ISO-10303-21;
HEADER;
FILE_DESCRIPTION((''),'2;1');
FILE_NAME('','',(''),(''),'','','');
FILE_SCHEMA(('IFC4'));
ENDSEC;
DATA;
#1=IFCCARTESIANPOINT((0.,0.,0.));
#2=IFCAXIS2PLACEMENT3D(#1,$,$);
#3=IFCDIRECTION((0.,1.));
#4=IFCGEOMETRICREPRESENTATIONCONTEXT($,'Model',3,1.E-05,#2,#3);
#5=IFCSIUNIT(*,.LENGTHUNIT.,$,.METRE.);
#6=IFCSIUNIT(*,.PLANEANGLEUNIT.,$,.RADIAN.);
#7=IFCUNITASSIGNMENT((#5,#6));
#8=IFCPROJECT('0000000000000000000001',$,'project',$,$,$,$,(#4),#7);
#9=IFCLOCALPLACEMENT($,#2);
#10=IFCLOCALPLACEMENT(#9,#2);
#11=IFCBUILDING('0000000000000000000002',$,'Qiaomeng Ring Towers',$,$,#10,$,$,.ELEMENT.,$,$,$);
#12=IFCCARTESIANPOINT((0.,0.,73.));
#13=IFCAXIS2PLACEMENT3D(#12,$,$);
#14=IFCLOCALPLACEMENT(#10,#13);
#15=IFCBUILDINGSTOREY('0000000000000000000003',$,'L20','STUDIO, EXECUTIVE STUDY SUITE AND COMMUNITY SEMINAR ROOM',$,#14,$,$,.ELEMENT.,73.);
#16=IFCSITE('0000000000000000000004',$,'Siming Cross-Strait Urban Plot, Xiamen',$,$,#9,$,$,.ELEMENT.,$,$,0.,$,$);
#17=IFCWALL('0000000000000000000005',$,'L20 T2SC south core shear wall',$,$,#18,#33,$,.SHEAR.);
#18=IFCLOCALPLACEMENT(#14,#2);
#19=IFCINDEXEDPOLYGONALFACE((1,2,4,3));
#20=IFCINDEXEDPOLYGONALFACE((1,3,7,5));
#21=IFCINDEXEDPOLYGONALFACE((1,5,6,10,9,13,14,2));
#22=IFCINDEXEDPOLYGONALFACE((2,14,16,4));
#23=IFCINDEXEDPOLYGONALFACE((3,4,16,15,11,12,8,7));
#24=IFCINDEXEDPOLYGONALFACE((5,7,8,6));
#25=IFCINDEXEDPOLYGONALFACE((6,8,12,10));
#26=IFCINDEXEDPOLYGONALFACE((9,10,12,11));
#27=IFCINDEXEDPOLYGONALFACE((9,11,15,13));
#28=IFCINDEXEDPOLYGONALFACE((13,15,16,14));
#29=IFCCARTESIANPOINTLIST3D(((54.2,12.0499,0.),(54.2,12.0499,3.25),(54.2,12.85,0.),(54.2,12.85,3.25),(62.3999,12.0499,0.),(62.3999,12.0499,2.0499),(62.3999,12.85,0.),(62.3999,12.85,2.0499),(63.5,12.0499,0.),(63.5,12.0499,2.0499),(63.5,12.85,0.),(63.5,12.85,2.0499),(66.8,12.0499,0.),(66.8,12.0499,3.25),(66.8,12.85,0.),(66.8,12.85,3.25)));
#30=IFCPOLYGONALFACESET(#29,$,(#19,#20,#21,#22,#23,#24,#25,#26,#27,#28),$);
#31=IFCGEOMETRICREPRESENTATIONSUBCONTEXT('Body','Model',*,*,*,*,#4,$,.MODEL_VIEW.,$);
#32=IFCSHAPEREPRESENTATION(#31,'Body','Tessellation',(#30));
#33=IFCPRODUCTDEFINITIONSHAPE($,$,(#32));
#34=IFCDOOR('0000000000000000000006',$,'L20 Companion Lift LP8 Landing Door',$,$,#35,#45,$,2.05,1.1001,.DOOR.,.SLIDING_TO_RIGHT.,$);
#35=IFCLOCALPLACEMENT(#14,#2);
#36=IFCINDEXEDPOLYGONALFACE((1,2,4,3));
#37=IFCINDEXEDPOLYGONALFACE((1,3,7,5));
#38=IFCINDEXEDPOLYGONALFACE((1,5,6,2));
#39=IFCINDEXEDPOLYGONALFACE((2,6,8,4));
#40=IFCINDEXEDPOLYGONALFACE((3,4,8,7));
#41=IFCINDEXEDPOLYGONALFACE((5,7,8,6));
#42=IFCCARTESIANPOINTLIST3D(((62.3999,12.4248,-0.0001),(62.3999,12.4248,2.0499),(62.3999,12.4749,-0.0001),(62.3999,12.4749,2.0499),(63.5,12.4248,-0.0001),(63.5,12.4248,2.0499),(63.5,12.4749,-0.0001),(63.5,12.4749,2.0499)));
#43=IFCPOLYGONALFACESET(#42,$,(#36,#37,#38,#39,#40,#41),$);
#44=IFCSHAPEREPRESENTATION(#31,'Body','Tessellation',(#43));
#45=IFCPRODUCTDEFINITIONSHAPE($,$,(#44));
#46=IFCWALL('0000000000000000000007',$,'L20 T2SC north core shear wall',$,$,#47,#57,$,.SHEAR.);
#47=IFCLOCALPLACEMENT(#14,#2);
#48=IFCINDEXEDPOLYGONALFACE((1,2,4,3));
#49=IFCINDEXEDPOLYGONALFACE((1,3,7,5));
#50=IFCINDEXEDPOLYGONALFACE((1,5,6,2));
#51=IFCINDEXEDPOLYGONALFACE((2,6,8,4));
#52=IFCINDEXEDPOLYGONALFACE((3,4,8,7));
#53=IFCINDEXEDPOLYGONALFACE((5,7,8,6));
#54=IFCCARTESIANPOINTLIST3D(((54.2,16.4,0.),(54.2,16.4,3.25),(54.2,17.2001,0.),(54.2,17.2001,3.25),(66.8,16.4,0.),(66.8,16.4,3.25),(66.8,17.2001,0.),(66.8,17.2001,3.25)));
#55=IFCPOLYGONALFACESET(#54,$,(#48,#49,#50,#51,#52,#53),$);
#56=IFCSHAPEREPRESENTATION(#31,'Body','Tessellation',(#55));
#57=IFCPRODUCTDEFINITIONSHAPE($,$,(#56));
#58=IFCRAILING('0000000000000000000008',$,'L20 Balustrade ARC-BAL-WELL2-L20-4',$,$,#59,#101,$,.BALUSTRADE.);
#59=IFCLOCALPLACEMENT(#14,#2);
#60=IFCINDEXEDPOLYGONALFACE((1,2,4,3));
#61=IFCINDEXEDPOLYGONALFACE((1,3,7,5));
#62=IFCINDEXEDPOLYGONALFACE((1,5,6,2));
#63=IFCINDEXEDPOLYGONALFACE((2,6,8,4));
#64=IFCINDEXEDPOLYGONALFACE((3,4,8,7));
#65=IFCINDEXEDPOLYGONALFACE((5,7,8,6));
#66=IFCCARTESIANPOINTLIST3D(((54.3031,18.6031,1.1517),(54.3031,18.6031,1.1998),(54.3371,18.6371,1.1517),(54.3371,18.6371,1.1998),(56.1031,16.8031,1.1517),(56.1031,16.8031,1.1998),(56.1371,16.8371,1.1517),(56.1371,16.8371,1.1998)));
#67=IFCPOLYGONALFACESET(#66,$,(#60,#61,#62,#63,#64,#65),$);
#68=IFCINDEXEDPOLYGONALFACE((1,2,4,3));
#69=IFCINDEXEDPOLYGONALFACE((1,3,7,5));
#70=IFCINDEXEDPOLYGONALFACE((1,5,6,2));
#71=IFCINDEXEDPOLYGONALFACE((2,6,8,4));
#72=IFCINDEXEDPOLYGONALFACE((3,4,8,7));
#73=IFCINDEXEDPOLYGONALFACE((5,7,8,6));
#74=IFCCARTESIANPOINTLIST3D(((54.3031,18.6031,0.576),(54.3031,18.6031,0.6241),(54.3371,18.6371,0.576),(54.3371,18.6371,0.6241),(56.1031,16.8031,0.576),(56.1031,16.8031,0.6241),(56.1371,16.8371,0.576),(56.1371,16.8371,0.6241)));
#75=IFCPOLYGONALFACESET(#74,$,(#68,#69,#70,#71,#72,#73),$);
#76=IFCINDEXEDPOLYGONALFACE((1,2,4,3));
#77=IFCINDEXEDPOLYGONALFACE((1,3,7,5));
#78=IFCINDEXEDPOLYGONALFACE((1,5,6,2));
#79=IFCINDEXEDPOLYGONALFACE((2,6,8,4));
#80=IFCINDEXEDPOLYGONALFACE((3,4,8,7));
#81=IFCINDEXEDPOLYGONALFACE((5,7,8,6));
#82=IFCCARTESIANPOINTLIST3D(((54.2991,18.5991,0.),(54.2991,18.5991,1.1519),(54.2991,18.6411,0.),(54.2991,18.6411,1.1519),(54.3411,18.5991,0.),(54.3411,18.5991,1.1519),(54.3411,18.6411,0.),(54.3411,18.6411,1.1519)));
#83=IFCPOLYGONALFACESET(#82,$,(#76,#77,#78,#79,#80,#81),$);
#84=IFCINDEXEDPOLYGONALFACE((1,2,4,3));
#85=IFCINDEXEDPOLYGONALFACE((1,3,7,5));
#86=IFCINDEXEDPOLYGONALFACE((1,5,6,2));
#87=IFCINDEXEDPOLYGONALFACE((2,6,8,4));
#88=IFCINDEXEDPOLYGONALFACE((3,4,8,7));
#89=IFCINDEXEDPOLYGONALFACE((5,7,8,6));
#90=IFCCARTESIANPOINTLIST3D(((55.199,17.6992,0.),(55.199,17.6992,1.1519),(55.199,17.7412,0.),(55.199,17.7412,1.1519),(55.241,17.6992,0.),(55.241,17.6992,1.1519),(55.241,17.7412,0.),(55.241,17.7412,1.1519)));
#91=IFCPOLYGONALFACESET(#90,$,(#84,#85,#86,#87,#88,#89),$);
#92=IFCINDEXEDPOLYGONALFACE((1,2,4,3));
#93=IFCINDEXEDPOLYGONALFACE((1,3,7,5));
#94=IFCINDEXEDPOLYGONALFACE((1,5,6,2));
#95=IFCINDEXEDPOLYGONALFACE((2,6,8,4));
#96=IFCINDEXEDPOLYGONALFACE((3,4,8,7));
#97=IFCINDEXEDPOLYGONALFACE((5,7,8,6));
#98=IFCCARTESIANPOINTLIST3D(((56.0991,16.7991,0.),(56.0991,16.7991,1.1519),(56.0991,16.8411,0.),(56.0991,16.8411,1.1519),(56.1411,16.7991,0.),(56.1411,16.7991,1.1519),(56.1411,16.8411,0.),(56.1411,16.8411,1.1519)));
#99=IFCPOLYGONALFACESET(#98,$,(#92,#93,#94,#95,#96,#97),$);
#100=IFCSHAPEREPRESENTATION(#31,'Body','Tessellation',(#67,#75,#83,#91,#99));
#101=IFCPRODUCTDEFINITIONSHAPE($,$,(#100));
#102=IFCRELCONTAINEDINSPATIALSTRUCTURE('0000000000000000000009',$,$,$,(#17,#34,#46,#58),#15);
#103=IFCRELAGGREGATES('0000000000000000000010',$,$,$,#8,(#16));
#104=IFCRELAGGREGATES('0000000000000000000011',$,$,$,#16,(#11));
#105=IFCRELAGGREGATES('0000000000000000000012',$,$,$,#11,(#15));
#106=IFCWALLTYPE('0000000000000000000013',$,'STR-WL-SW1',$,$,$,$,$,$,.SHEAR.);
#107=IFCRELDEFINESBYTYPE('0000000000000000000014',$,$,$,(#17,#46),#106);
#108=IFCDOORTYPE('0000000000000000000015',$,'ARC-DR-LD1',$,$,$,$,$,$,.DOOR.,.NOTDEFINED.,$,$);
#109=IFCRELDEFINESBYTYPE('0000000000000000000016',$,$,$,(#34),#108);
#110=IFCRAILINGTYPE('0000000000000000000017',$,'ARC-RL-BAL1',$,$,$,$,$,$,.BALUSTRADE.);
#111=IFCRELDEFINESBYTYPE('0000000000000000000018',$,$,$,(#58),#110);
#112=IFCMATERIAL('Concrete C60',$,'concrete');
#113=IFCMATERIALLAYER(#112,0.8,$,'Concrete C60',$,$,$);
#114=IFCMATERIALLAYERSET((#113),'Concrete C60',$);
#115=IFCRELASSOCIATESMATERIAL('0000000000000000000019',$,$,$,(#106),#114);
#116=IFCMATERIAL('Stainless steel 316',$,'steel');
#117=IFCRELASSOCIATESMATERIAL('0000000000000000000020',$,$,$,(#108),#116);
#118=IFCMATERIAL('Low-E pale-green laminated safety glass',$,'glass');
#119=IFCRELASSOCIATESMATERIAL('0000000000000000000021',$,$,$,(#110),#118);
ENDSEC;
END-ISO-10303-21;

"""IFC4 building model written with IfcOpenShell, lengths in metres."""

from ifc_helpers import new_model, si_unit, direction, frame, frame_2d, origin, origin_2d, place, context, subcontext, project, spatial, rectangle, extrude, source, transform, mapped, material, layer, layer_set, type_object, element, fill, save


model = new_model("IFC4")

# Units and contexts
model_context = context("Model", 3, precision=1e-05, world=origin(), true_north=direction((0.0, 1.0)))
body_context = subcontext(model_context, "Body", "Model", "MODEL_VIEW")
ifc_project = project(units=[si_unit("LENGTHUNIT", "METRE"), si_unit("PLANEANGLEUNIT", "RADIAN")], contexts=[model_context])

# Site, building, storey
site_placement = place(None, origin())
site = spatial("IfcSite", under=ifc_project, at=site_placement, Name="Siming Cross-Strait Urban Plot, Xiamen", CompositionType="ELEMENT", RefElevation=0.0)
building_placement = place(site_placement, origin())
building = spatial("IfcBuilding", under=site, at=building_placement, Name="Qiaomeng Ring Towers", CompositionType="ELEMENT")
storey_placement = place(building_placement, frame((0.0, 0.0, 73.0)))
storey = spatial("IfcBuildingStorey", under=building, at=storey_placement, Name="L20", Description="STUDIO, EXECUTIVE STUDY SUITE AND COMMUNITY SEMINAR ROOM", CompositionType="ELEMENT", Elevation=73.0)

# Wall, opening, door
ifc_material_1 = material(Name="Concrete C60", Category="concrete")
ifc_layer_1 = layer(ifc_material_1, 0.8, Name="Concrete C60")
ifc_layer_set_1 = layer_set([ifc_layer_1], Name="Concrete C60")
wall_type_1 = type_object("IfcWallType", Name="STR-WL-SW1", PredefinedType="SHEAR", material=ifc_layer_set_1)
wall_1_placement = place(storey_placement, frame((54.2, 12.45, 0.0), z_axis=(0.0, 0.0, 1.0), x_axis=(1.0, 0.0, 0.0)))
wall_1 = element("IfcWall", 1, at=wall_1_placement, inside=storey, type_object=wall_type_1, Name="L20 T2SC south core shear wall", PredefinedType="SHEAR", context=body_context, shape_type="SweptSolid", body=[
    extrude(rectangle(XDim=12.6001, YDim=0.8, at=frame_2d((6.3, 0.0))), origin(), (0.0, 0.0, 1.0), 3.25),
])
opening_1_placement = place(wall_1_placement, frame((8.2, 0.0, 0.0)))
opening_1 = element("IfcOpeningElement", 2, at=opening_1_placement, cuts=wall_1, PredefinedType="OPENING", context=body_context, shape_type="SweptSolid", body=[
    extrude(rectangle(XDim=1.1001, YDim=2.05, at=frame_2d((0.55, 1.0249))), frame((0.0, 0.4099, 0.0), z_axis=(0.0, -1.0, 0.0), x_axis=(1.0, 0.0, 0.0)), (0.0, 0.0, 1.0), 0.8201),
])
ifc_material_2 = material(Name="Stainless steel 316", Category="steel")
door_type_1 = type_object("IfcDoorType", Name="ARC-DR-LD1", OperationType="NOTDEFINED", PredefinedType="DOOR", material=ifc_material_2)
shared_shape_1 = source(origin(), body_context, "Body", "SweptSolid", [
    extrude(rectangle(XDim=1.1001, YDim=2.05, at=frame_2d((0.55, 1.0249))), frame((0.0, 0.0249, 0.0), z_axis=(0.0, -1.0, 0.0), x_axis=(1.0, 0.0, 0.0)), (0.0, 0.0, 1.0), 0.05),
])
door_1_placement = place(opening_1_placement, origin())
door_1 = element("IfcDoor", 3, at=door_1_placement, inside=storey, type_object=door_type_1, Name="L20 Companion Lift LP8 Landing Door", OperationType="SLIDING_TO_RIGHT", OverallHeight=2.05, OverallWidth=1.1001, PredefinedType="DOOR", context=body_context, shape_type="MappedRepresentation", body=[
    mapped(shared_shape_1, transform((0.0, 0.0, 0.0), x_axis=(1.0, 0.0, 0.0), y_axis=(0.0, 1.0, 0.0), z_axis=(0.0, 0.0, 1.0), scale=1.0)),
])
fill(opening_1, door_1)

# Wall
wall_2_placement = place(storey_placement, frame((54.2, 16.8, 0.0), z_axis=(0.0, 0.0, 1.0), x_axis=(1.0, 0.0, 0.0)))
element("IfcWall", 4, at=wall_2_placement, inside=storey, type_object=wall_type_1, Name="L20 T2SC north core shear wall", PredefinedType="SHEAR", context=body_context, shape_type="SweptSolid", body=[
    extrude(rectangle(XDim=12.6001, YDim=0.8, at=frame_2d((6.3, 0.0))), origin(), (0.0, 0.0, 1.0), 3.25),
])

# Railing
ifc_material_3 = material(Name="Low-E pale-green laminated safety glass", Category="glass")
railing_type = type_object("IfcRailingType", Name="ARC-RL-BAL1", PredefinedType="BALUSTRADE", material=ifc_material_3)
railing_1_placement = place(storey_placement, frame((54.3201, 18.6201, 0.0)))
element("IfcRailing", 5, at=railing_1_placement, inside=storey, type_object=railing_type, Name="L20 Balustrade ARC-BAL-WELL2-L20-4", PredefinedType="BALUSTRADE", context=body_context, shape_type="SweptSolid", body=[
    extrude(rectangle(XDim=0.0481, YDim=0.0481, at=origin_2d()), frame((0.0, 0.0, 1.1758), z_axis=(0.707107, -0.707107, 0.0), x_axis=(0.707107, 0.707107, 0.0)), (0.0, 0.0, 1.0), 2.5457),
    extrude(rectangle(XDim=0.0481, YDim=0.0481, at=origin_2d()), frame((0.0, 0.0, 0.6001), z_axis=(0.707107, -0.707107, 0.0), x_axis=(0.707107, 0.707107, 0.0)), (0.0, 0.0, 1.0), 2.5457),
    extrude(rectangle(XDim=0.042, YDim=0.042, at=origin_2d()), origin(), (0.0, 0.0, 1.0), 1.1519),
    extrude(rectangle(XDim=0.042, YDim=0.042, at=origin_2d()), frame((0.8999, -0.8999, 0.0)), (0.0, 0.0, 1.0), 1.1519),
    extrude(rectangle(XDim=0.042, YDim=0.042, at=origin_2d()), frame((1.8, -1.8, 0.0)), (0.0, 0.0, 1.0), 1.1519),
])

save(model, "model.ifc")
